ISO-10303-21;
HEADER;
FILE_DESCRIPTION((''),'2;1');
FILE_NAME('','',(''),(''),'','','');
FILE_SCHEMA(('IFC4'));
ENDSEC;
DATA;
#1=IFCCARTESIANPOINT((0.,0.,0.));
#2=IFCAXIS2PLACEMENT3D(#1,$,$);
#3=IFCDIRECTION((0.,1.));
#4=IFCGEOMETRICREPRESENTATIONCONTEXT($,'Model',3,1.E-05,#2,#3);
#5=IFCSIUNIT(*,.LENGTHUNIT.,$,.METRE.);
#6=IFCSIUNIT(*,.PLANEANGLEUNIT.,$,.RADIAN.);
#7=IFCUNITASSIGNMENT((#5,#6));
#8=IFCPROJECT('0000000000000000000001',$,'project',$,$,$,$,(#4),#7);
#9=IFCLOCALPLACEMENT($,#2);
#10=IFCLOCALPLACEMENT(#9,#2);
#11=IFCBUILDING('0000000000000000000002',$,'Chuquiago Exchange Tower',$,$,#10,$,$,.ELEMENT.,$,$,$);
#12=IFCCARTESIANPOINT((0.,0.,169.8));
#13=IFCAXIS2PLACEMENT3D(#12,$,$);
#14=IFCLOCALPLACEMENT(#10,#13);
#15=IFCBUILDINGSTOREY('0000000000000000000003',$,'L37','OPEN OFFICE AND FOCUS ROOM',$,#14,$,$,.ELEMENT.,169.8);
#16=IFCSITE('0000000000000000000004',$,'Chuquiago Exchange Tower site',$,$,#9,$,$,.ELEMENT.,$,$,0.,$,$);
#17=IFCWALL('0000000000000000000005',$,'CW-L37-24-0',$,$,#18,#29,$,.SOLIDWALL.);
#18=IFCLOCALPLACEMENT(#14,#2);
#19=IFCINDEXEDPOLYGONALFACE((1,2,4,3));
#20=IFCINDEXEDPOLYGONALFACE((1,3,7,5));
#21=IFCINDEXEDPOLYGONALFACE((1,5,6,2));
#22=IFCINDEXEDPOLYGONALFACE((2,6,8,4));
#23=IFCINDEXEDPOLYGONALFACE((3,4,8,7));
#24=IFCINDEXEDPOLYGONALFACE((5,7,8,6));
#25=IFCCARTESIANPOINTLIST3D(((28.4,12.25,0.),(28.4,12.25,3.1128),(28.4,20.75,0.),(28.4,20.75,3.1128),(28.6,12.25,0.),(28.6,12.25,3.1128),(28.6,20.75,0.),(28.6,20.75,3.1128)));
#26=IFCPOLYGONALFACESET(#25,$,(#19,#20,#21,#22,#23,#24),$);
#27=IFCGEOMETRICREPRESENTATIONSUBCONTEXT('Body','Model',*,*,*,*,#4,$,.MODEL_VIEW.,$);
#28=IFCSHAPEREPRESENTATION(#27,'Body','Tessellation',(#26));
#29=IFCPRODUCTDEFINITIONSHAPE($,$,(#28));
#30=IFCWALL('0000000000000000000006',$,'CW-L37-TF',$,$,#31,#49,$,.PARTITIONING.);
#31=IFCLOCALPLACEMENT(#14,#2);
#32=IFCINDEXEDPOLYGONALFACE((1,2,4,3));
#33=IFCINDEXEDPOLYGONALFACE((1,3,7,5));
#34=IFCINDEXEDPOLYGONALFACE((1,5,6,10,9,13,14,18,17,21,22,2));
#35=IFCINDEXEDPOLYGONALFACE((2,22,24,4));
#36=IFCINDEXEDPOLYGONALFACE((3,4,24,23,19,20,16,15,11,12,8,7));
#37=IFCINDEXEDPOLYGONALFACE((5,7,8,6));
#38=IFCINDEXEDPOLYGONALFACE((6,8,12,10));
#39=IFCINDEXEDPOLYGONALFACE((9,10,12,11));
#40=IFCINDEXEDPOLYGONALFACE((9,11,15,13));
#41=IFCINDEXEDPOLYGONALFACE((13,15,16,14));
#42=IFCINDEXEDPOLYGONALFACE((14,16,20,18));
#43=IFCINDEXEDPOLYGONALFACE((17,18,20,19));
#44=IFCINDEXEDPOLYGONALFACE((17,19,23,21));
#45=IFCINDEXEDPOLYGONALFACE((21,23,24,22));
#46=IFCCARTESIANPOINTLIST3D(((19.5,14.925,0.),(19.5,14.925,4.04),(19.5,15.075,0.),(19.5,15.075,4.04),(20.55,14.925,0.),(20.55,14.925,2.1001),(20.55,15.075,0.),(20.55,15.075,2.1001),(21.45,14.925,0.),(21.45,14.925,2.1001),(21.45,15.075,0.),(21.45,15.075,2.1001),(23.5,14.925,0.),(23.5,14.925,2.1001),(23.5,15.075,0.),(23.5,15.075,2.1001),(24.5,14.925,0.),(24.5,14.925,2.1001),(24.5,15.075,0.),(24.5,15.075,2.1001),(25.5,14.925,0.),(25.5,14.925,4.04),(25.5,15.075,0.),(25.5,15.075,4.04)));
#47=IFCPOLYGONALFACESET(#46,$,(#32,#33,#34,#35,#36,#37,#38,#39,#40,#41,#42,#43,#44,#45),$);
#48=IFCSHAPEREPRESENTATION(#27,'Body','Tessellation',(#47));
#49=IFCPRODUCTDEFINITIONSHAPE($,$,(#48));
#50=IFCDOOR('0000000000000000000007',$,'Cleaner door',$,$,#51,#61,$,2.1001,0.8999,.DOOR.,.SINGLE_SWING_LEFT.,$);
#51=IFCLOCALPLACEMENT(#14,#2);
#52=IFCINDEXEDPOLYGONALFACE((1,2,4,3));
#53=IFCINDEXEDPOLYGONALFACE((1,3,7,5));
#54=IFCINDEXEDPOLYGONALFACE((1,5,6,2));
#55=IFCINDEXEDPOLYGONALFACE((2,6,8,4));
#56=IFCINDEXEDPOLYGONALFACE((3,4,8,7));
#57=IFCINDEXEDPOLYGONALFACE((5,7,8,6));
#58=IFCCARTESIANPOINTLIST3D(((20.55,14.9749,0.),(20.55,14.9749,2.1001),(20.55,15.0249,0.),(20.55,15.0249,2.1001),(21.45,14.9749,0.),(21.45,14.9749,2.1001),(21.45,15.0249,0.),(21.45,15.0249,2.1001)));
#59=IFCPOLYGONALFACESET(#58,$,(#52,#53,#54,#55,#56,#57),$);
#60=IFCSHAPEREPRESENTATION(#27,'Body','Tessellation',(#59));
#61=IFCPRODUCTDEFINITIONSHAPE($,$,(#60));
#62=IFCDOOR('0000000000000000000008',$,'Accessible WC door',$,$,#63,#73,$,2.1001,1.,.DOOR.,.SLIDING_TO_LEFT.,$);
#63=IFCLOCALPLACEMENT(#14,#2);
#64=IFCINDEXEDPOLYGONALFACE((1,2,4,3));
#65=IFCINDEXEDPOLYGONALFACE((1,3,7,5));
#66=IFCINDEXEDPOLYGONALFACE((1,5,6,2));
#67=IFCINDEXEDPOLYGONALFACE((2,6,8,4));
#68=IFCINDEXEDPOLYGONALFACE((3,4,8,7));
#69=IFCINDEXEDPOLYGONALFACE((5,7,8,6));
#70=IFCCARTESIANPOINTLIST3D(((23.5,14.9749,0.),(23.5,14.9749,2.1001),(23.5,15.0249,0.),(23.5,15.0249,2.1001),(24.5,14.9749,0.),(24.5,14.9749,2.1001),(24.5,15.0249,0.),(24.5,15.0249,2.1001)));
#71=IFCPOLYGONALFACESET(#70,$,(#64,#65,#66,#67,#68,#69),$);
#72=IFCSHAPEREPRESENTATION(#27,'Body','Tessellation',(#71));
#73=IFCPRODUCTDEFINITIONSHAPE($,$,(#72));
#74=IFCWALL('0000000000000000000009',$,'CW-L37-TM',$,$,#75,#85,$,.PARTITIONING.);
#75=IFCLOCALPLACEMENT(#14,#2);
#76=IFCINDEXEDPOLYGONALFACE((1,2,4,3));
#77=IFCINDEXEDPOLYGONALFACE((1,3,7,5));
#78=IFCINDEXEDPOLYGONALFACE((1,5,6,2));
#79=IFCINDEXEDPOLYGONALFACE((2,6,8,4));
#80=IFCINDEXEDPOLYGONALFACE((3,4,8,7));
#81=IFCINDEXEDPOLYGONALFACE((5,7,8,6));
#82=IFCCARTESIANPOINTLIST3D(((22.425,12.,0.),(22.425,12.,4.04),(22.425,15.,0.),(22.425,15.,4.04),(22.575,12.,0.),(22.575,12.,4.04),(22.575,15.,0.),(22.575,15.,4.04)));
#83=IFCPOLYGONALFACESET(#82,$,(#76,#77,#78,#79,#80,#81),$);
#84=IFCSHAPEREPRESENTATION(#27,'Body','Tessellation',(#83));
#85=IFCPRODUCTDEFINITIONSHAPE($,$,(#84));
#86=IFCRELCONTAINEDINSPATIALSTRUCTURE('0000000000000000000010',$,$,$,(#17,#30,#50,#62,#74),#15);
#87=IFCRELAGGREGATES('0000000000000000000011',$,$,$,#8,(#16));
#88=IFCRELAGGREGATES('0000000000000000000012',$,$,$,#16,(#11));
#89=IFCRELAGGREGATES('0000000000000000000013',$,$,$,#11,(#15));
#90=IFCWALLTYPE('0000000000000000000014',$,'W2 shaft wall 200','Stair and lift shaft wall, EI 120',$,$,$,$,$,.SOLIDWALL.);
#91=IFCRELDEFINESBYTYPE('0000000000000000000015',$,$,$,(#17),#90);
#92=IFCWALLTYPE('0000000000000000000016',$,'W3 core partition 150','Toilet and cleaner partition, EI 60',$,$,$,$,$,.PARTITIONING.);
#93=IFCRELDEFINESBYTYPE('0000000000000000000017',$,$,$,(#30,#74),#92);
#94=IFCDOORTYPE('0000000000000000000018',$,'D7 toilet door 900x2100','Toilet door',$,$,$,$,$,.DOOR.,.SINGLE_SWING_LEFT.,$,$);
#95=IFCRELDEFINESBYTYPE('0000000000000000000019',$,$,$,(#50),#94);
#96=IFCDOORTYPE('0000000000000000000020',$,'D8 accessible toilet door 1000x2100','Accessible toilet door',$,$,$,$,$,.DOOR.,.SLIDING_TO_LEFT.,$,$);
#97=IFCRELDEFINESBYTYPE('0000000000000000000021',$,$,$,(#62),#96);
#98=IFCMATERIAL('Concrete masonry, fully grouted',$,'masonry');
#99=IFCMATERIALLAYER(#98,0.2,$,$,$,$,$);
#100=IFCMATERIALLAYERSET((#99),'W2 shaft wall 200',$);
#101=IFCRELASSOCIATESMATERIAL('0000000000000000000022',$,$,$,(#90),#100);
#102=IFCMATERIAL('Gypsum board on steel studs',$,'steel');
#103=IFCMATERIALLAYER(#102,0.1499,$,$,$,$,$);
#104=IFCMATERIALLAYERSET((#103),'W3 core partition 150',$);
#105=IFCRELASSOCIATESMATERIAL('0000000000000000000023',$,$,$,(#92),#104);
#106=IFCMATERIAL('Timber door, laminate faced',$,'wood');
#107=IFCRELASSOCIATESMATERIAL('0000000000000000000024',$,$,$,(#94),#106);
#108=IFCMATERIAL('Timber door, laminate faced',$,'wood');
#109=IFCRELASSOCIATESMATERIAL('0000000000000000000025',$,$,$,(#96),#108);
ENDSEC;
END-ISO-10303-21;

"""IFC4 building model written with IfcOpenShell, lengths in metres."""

from ifc_helpers import new_model, si_unit, direction, frame, frame_2d, origin, place, context, subcontext, project, spatial, rectangle, extrude, material, layer, layer_set, type_object, element, fill, save


model = new_model("IFC4")

# Units and contexts
model_context = context("Model", 3, precision=1e-05, world=origin(), true_north=direction((0.0, 1.0)))
body_context = subcontext(model_context, "Body", "Model", "MODEL_VIEW")
ifc_project = project(units=[si_unit("LENGTHUNIT", "METRE"), si_unit("PLANEANGLEUNIT", "RADIAN")], contexts=[model_context])

# Site, building, storey
site_placement = place(None, origin())
site = spatial("IfcSite", under=ifc_project, at=site_placement, Name="Chuquiago Exchange Tower site", CompositionType="ELEMENT", RefElevation=0.0)
building_placement = place(site_placement, origin())
building = spatial("IfcBuilding", under=site, at=building_placement, Name="Chuquiago Exchange Tower", CompositionType="ELEMENT")
storey_placement = place(building_placement, frame((0.0, 0.0, 169.8)))
storey = spatial("IfcBuildingStorey", under=building, at=storey_placement, Name="L37", Description="OPEN OFFICE AND FOCUS ROOM", CompositionType="ELEMENT", Elevation=169.8)

# Shared definitions
ifc_material_1 = material(Name="Concrete masonry, fully grouted", Category="masonry")
ifc_layer_1 = layer(ifc_material_1, 0.2)
ifc_layer_set_1 = layer_set([ifc_layer_1], Name="W2 shaft wall 200")
wall_type_1 = type_object("IfcWallType", Name="W2 shaft wall 200", Description="Stair and lift shaft wall, EI 120", PredefinedType="SOLIDWALL", material=ifc_layer_set_1)

# Wall
wall_1_placement = place(storey_placement, frame((28.5, 12.25, 0.0), z_axis=(0.0, 0.0, 1.0), x_axis=(0.0, 1.0, 0.0)))
element("IfcWall", 1, at=wall_1_placement, inside=storey, type_object=wall_type_1, Name="CW-L37-24-0", PredefinedType="SOLIDWALL", context=body_context, shape_type="SweptSolid", body=[
    extrude(rectangle(XDim=8.5, YDim=0.2, at=frame_2d((4.25, 0.0))), origin(), (0.0, 0.0, 1.0), 3.1128),
])

# Wall, openings, doors
ifc_material_2 = material(Name="Gypsum board on steel studs", Category="steel")
ifc_layer_2 = layer(ifc_material_2, 0.1499)
ifc_layer_set_2 = layer_set([ifc_layer_2], Name="W3 core partition 150")
wall_type_2 = type_object("IfcWallType", Name="W3 core partition 150", Description="Toilet and cleaner partition, EI 60", PredefinedType="PARTITIONING", material=ifc_layer_set_2)
wall_2_placement = place(storey_placement, frame((19.5, 15.0, 0.0), z_axis=(0.0, 0.0, 1.0), x_axis=(1.0, 0.0, 0.0)))
wall_2 = element("IfcWall", 2, at=wall_2_placement, inside=storey, type_object=wall_type_2, Name="CW-L37-TF", PredefinedType="PARTITIONING", context=body_context, shape_type="SweptSolid", body=[
    extrude(rectangle(XDim=6.0, YDim=0.1499, at=frame_2d((3.0, 0.0))), origin(), (0.0, 0.0, 1.0), 4.04),
])
opening_1_placement = place(wall_2_placement, frame((4.0, 0.0, 0.0)))
opening_1 = element("IfcOpeningElement", 3, at=opening_1_placement, cuts=wall_2, PredefinedType="OPENING", context=body_context, shape_type="SweptSolid", body=[
    extrude(rectangle(XDim=1.0, YDim=2.1001, at=frame_2d((0.5, 1.05))), frame((0.0, 0.085, 0.0), z_axis=(0.0, -1.0, 0.0), x_axis=(1.0, 0.0, 0.0)), (0.0, 0.0, 1.0), 0.1699),
])
opening_2_placement = place(wall_2_placement, frame((1.05, 0.0, 0.0)))
opening_2 = element("IfcOpeningElement", 4, at=opening_2_placement, cuts=wall_2, PredefinedType="OPENING", context=body_context, shape_type="SweptSolid", body=[
    extrude(rectangle(XDim=0.8999, YDim=2.1001, at=frame_2d((0.45, 1.05))), frame((0.0, 0.085, 0.0), z_axis=(0.0, -1.0, 0.0), x_axis=(1.0, 0.0, 0.0)), (0.0, 0.0, 1.0), 0.1699),
])
ifc_material_3 = material(Name="Timber door, laminate faced", Category="wood")
door_type_1 = type_object("IfcDoorType", Name="D7 toilet door 900x2100", Description="Toilet door", OperationType="SINGLE_SWING_LEFT", PredefinedType="DOOR", material=ifc_material_3)
door_1_placement = place(opening_2_placement, origin())
door_1 = element("IfcDoor", 5, at=door_1_placement, inside=storey, type_object=door_type_1, Name="Cleaner door", OperationType="SINGLE_SWING_LEFT", OverallHeight=2.1001, OverallWidth=0.8999, PredefinedType="DOOR", context=body_context, shape_type="SweptSolid", body=[
    extrude(rectangle(XDim=0.8999, YDim=2.1001, at=frame_2d((0.45, 1.05))), frame((0.0, 0.0249, 0.0), z_axis=(0.0, -1.0, 0.0), x_axis=(1.0, 0.0, 0.0)), (0.0, 0.0, 1.0), 0.05),
])
fill(opening_2, door_1)
ifc_material_4 = material(Name="Timber door, laminate faced", Category="wood")
door_type_2 = type_object("IfcDoorType", Name="D8 accessible toilet door 1000x2100", Description="Accessible toilet door", OperationType="SLIDING_TO_LEFT", PredefinedType="DOOR", material=ifc_material_4)
door_2_placement = place(opening_1_placement, origin())
door_2 = element("IfcDoor", 6, at=door_2_placement, inside=storey, type_object=door_type_2, Name="Accessible WC door", OperationType="SLIDING_TO_LEFT", OverallHeight=2.1001, OverallWidth=1.0, PredefinedType="DOOR", context=body_context, shape_type="SweptSolid", body=[
    extrude(rectangle(XDim=1.0, YDim=2.1001, at=frame_2d((0.5, 1.05))), frame((0.0, 0.0249, 0.0), z_axis=(0.0, -1.0, 0.0), x_axis=(1.0, 0.0, 0.0)), (0.0, 0.0, 1.0), 0.05),
])
fill(opening_1, door_2)

# Wall
wall_3_placement = place(storey_placement, frame((22.5, 15.0, 0.0), z_axis=(0.0, 0.0, 1.0), x_axis=(0.0, -1.0, 0.0)))
element("IfcWall", 7, at=wall_3_placement, inside=storey, type_object=wall_type_2, Name="CW-L37-TM", PredefinedType="PARTITIONING", context=body_context, shape_type="SweptSolid", body=[
    extrude(rectangle(XDim=3.0, YDim=0.1499, at=frame_2d((1.5, 0.0))), origin(), (0.0, 0.0, 1.0), 4.04),
])

save(model, "model.ifc")
